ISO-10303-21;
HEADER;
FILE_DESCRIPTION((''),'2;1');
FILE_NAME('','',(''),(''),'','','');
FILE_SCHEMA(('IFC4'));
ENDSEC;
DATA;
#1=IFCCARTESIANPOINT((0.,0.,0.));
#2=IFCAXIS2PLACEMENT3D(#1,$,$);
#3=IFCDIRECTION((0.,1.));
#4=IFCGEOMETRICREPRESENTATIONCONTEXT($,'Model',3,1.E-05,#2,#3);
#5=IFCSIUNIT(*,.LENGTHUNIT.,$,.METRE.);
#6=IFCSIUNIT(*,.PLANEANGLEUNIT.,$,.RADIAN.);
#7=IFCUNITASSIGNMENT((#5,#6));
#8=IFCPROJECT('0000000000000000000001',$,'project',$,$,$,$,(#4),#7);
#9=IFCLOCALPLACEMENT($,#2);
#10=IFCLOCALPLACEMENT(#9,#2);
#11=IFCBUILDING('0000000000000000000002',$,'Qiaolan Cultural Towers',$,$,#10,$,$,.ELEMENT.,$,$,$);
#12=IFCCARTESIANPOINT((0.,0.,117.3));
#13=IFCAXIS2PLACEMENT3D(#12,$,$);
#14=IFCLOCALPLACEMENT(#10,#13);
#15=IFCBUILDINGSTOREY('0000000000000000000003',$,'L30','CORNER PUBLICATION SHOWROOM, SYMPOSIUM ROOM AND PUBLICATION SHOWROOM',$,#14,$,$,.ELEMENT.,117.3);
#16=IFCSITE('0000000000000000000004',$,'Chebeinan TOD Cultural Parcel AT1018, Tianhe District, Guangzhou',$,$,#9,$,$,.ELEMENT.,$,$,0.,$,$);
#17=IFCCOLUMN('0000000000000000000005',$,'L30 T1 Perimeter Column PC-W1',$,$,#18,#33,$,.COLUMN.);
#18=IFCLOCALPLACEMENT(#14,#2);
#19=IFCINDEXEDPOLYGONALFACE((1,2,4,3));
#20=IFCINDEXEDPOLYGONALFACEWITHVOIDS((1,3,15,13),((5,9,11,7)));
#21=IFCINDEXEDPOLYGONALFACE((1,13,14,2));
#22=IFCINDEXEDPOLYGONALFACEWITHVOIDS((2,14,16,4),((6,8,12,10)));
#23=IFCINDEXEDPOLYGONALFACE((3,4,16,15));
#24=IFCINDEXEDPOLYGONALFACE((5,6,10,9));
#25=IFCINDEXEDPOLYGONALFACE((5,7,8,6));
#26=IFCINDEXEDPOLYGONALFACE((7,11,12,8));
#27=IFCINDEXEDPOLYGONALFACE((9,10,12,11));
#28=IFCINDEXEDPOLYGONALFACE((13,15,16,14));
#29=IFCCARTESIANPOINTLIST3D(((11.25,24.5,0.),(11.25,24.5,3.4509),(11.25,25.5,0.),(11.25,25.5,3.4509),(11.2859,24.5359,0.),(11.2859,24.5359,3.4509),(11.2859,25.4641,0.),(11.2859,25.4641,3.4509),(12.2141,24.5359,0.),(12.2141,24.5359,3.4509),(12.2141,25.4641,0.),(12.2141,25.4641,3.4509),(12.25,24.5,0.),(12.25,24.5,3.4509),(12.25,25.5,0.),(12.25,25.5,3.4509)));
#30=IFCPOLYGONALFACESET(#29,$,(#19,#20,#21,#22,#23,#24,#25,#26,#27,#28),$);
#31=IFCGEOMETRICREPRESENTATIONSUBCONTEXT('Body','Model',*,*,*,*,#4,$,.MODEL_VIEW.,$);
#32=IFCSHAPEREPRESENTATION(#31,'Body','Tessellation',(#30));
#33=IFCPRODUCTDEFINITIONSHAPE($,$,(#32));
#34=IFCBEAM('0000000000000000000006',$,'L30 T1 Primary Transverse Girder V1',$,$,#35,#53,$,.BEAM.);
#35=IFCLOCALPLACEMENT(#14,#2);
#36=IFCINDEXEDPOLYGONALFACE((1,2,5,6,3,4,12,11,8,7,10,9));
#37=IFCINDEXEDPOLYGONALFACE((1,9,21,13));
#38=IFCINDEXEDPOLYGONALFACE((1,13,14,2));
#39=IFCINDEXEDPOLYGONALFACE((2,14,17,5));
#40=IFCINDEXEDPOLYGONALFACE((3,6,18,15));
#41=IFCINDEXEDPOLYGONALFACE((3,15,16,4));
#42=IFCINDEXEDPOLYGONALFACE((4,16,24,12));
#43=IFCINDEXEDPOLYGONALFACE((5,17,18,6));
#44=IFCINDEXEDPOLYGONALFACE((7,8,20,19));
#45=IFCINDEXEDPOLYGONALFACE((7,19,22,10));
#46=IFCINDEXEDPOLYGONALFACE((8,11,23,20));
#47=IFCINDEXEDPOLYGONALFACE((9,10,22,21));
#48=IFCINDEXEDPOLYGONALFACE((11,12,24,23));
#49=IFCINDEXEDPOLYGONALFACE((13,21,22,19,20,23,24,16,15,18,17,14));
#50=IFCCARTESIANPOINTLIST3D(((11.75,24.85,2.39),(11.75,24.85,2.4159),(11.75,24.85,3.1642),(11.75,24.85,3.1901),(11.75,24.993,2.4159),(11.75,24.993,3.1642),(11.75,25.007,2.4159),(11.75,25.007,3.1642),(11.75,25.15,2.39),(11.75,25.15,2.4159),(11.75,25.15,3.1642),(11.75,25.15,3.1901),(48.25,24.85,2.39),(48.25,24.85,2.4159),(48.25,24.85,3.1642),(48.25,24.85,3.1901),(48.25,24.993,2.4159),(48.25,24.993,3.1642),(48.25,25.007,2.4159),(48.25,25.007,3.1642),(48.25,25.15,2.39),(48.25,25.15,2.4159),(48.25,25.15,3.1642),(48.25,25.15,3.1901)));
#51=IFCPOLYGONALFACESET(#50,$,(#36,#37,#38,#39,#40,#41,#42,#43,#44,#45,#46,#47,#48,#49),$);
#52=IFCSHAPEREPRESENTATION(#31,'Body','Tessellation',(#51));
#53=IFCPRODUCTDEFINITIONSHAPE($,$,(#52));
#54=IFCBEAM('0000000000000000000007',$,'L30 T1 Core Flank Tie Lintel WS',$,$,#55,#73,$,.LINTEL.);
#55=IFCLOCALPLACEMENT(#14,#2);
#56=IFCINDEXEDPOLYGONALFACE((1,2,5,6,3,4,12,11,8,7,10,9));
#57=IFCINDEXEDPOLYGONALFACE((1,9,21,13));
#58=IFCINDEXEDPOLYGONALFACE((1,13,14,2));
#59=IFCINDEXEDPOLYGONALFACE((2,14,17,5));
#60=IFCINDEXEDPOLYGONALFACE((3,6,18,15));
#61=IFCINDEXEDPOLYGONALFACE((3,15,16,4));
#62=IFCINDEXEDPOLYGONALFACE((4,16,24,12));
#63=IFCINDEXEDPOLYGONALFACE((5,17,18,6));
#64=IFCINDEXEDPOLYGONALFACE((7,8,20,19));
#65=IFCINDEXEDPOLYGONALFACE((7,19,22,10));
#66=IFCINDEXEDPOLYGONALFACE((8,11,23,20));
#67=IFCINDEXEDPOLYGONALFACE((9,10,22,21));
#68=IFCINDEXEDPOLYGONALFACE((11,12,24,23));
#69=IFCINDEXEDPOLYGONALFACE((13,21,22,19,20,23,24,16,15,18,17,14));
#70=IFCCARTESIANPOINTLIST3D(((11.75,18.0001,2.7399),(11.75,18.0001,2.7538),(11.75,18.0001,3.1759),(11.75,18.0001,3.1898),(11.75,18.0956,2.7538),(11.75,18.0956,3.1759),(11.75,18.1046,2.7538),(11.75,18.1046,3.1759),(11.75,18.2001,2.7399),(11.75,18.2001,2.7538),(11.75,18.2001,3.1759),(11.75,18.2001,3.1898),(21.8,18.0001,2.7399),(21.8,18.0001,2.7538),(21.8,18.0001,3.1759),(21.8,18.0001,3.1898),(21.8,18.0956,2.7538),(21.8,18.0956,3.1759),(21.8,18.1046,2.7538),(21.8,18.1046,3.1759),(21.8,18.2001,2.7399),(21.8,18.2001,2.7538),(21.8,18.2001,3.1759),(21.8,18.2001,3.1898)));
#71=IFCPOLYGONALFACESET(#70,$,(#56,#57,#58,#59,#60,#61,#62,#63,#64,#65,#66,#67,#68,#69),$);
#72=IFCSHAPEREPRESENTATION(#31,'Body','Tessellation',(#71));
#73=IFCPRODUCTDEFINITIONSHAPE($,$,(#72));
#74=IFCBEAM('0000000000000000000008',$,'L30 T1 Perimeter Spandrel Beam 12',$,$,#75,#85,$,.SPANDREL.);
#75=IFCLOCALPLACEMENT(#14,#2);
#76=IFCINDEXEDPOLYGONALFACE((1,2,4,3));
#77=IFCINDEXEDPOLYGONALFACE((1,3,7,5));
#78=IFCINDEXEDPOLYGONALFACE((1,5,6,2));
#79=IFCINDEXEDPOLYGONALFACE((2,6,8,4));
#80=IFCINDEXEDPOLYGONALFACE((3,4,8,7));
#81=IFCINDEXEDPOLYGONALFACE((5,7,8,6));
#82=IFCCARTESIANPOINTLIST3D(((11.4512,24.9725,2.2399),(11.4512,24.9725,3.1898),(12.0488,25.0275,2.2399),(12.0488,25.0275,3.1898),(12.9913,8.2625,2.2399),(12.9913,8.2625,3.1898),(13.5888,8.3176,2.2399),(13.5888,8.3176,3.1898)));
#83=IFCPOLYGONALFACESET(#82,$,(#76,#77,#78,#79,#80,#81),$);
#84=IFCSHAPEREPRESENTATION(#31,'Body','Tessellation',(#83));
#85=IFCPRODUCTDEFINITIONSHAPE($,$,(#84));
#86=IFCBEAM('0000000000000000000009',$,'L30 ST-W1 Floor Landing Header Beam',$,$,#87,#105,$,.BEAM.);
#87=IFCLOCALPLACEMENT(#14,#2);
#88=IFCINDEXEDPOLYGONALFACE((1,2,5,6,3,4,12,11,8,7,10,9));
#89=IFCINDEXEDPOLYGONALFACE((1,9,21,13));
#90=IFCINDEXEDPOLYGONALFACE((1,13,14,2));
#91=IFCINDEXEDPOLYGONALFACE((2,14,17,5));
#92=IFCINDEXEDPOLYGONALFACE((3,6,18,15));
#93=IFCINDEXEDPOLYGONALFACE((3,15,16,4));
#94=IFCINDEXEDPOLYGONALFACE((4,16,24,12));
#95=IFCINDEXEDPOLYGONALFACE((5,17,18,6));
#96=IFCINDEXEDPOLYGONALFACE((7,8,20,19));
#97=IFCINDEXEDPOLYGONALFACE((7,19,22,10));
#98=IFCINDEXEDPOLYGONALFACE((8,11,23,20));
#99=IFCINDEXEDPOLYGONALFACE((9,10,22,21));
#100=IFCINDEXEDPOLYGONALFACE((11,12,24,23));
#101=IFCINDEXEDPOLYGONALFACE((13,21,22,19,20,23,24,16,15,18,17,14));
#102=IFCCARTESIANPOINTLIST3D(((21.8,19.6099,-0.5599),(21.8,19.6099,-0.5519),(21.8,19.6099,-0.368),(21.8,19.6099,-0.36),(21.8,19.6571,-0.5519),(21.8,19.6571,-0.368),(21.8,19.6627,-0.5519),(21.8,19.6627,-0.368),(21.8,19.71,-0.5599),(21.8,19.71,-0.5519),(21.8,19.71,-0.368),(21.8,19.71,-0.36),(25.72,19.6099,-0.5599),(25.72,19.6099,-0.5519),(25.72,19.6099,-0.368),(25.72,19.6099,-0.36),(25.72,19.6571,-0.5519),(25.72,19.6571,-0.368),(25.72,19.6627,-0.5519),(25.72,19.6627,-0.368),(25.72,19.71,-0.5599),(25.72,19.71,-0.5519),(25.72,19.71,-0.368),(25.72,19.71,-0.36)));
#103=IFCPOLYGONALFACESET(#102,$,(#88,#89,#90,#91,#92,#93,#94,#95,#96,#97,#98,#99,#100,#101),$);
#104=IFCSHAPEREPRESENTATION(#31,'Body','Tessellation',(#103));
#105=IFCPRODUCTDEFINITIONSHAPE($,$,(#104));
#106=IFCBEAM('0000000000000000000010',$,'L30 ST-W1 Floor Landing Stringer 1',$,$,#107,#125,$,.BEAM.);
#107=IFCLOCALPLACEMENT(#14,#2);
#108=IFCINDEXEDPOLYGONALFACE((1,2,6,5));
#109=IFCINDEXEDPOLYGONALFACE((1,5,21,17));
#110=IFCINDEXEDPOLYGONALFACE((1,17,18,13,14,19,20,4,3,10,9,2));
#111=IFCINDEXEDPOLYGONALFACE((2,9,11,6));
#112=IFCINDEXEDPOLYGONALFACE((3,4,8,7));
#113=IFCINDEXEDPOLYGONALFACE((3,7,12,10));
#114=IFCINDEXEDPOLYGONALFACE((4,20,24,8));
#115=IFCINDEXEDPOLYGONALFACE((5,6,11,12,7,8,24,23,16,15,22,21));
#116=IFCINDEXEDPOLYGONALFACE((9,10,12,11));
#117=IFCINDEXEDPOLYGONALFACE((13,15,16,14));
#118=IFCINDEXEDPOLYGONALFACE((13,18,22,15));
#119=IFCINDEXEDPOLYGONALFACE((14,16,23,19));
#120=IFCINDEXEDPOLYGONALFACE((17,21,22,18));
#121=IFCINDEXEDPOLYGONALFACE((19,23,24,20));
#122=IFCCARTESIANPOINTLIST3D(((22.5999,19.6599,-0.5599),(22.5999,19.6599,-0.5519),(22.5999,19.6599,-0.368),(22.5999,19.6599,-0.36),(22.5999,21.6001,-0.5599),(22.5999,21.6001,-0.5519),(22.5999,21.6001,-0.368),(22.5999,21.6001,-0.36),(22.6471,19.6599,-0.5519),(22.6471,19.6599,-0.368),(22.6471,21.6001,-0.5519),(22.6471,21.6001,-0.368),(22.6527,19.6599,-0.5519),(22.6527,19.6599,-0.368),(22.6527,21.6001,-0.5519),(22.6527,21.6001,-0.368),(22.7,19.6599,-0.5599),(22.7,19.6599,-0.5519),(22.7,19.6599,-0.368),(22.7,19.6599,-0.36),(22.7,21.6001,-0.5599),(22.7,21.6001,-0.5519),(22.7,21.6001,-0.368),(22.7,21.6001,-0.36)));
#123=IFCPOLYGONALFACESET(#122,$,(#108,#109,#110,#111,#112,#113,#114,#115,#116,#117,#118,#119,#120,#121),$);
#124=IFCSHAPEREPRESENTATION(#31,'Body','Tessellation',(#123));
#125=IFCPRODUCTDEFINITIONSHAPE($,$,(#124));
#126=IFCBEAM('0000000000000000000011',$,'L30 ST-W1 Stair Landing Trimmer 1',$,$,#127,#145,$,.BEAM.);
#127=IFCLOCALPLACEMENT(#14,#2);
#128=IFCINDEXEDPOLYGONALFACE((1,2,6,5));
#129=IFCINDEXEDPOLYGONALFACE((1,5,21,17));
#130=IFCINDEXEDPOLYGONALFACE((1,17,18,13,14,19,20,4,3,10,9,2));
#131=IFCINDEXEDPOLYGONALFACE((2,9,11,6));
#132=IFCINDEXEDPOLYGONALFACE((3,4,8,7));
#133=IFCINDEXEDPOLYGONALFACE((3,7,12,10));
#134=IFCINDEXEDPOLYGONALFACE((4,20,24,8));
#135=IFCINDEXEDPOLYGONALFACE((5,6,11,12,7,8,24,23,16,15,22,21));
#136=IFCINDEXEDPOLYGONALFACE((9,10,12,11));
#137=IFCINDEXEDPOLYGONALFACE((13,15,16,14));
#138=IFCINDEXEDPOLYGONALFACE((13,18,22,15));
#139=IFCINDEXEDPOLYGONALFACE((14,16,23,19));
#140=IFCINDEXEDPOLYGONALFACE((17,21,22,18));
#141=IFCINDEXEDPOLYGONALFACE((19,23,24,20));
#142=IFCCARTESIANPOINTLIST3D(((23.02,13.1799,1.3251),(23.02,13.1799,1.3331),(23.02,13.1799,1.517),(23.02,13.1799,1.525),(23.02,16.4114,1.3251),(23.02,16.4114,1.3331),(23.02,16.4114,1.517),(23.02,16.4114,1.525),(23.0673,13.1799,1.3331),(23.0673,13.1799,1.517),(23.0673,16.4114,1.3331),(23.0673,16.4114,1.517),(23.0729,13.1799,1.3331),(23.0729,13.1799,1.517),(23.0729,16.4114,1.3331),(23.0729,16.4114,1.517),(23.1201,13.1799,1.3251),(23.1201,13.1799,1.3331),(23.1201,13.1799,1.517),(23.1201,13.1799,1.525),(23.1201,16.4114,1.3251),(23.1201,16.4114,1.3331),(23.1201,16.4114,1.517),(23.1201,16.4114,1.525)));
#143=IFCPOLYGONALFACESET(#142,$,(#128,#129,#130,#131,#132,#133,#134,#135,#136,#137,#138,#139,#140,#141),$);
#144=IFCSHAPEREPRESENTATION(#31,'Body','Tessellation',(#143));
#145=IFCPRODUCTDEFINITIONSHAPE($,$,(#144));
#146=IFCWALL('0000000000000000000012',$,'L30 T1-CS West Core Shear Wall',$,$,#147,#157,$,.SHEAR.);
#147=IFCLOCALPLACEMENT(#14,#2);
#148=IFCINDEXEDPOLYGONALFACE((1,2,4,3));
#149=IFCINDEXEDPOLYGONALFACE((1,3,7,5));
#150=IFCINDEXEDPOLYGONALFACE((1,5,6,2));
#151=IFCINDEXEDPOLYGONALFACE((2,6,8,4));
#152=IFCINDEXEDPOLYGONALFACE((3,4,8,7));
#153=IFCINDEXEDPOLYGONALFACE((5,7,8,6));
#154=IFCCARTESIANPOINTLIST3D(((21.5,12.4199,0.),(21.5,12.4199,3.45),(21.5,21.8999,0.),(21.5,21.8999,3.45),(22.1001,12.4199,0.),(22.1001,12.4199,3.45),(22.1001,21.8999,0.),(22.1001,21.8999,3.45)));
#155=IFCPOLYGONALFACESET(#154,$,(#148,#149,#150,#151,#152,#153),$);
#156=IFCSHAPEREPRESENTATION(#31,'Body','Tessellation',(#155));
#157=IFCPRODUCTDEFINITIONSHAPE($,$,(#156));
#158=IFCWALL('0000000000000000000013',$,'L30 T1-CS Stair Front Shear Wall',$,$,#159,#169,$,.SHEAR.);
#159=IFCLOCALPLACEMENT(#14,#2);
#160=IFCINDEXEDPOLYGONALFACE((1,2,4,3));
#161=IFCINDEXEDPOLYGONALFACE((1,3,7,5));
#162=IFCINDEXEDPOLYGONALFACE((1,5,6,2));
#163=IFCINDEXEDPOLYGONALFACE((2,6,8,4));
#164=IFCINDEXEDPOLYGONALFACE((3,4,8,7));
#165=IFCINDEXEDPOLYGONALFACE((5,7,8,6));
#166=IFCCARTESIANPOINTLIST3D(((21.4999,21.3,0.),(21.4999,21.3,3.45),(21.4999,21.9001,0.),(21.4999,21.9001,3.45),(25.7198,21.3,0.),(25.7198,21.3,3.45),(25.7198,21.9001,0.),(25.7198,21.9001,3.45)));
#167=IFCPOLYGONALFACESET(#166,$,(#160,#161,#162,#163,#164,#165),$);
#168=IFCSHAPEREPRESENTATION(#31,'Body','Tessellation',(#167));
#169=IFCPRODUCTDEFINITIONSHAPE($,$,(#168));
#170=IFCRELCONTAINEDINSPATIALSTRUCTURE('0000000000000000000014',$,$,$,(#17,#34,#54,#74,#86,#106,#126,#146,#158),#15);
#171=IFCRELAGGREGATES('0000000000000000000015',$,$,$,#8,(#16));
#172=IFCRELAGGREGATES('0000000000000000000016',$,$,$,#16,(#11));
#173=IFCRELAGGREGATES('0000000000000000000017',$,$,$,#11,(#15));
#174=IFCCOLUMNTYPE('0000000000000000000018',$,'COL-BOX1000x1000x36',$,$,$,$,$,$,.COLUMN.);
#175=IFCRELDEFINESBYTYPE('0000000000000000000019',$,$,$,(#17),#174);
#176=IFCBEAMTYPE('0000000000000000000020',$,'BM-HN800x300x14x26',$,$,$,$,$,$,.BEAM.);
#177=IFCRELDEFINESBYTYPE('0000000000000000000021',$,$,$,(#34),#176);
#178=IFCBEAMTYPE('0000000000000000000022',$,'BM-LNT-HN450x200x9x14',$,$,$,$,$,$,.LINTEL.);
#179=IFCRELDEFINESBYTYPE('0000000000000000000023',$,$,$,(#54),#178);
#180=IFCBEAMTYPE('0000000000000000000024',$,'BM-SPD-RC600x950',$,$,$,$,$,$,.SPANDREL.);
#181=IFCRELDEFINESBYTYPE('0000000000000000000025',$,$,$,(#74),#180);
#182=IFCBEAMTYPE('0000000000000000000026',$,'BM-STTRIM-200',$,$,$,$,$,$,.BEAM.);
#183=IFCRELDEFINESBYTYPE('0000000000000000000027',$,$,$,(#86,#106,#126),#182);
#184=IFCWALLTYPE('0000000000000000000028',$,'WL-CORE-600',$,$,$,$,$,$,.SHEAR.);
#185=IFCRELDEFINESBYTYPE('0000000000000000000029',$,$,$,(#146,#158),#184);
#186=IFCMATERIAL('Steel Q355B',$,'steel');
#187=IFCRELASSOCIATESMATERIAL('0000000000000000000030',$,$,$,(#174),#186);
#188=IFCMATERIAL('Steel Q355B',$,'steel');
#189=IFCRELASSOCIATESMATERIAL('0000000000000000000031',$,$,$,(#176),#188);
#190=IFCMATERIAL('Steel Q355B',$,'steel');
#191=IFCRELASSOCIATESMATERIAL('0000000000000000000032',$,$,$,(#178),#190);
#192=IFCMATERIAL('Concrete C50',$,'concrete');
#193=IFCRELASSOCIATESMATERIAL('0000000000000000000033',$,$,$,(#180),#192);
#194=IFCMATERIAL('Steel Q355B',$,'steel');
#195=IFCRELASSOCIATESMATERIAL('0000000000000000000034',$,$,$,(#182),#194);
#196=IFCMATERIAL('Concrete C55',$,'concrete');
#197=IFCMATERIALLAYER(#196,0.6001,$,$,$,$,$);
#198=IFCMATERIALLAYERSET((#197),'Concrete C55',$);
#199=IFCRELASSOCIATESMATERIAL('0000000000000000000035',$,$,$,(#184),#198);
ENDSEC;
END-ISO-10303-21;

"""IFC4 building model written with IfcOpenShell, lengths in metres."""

from ifc_helpers import new_model, si_unit, direction, frame, frame_2d, origin, origin_2d, place, context, subcontext, project, spatial, rectangle, hollow_rectangle, i_section, extrude, material, layer, layer_set, material_profile, profile_set, type_object, element, save


model = new_model("IFC4")

# Units and contexts
model_context = context("Model", 3, precision=1e-05, world=origin(), true_north=direction((0.0, 1.0)))
body_context = subcontext(model_context, "Body", "Model", "MODEL_VIEW")
ifc_project = project(units=[si_unit("LENGTHUNIT", "METRE"), si_unit("PLANEANGLEUNIT", "RADIAN")], contexts=[model_context])

# Site, building, storey
site_placement = place(None, origin())
site = spatial("IfcSite", under=ifc_project, at=site_placement, Name="Chebeinan TOD Cultural Parcel AT1018, Tianhe District, Guangzhou", CompositionType="ELEMENT", RefElevation=0.0)
building_placement = place(site_placement, origin())
building = spatial("IfcBuilding", under=site, at=building_placement, Name="Qiaolan Cultural Towers", CompositionType="ELEMENT")
storey_placement = place(building_placement, frame((0.0, 0.0, 117.3)))
storey = spatial("IfcBuildingStorey", under=building, at=storey_placement, Name="L30", Description="CORNER PUBLICATION SHOWROOM, SYMPOSIUM ROOM AND PUBLICATION SHOWROOM", CompositionType="ELEMENT", Elevation=117.3)

# Column
ifc_material_1 = material(Name="Steel Q355B", Category="steel")
ifc_material_profile_1 = material_profile(ifc_material_1, hollow_rectangle(XDim=1.0, YDim=1.0, WallThickness=0.0359, at=origin_2d()), Name="BOX1000x1000x36")
ifc_profile_set_1 = profile_set([ifc_material_profile_1], Name="Steel Q355B")
column_type = type_object("IfcColumnType", Name="COL-BOX1000x1000x36", PredefinedType="COLUMN", material=ifc_profile_set_1)
column_placement = place(storey_placement, frame((11.75, 25.0, 0.0), z_axis=(0.0, 0.0, 1.0), x_axis=(1.0, 0.0, 0.0)))
element("IfcColumn", 1, at=column_placement, inside=storey, type_object=column_type, Name="L30 T1 Perimeter Column PC-W1", PredefinedType="COLUMN", context=body_context, shape_type="SweptSolid", body=[
    extrude(hollow_rectangle(XDim=1.0, YDim=1.0, WallThickness=0.0359, at=origin_2d()), origin(), (0.0, 0.0, 1.0), 3.4509),
])

# Beams
ifc_material_2 = material(Name="Steel Q355B", Category="steel")
ifc_material_profile_2 = material_profile(ifc_material_2, i_section(OverallWidth=0.3, OverallDepth=0.8, WebThickness=0.0139, FlangeThickness=0.0259, at=origin_2d()), Name="HN800x300x14x26")
ifc_profile_set_2 = profile_set([ifc_material_profile_2], Name="Steel Q355B")
beam_type_1 = type_object("IfcBeamType", Name="BM-HN800x300x14x26", PredefinedType="BEAM", material=ifc_profile_set_2)
beam_1_placement = place(storey_placement, frame((11.75, 25.0, 2.79), z_axis=(1.0, 0.0, 0.0), x_axis=(0.0, 1.0, 0.0)))
element("IfcBeam", 2, at=beam_1_placement, inside=storey, type_object=beam_type_1, Name="L30 T1 Primary Transverse Girder V1", PredefinedType="BEAM", context=body_context, shape_type="SweptSolid", body=[
    extrude(i_section(OverallWidth=0.3, OverallDepth=0.8, WebThickness=0.0139, FlangeThickness=0.0259, at=origin_2d()), origin(), (0.0, 0.0, 1.0), 36.5),
])
ifc_material_3 = material(Name="Steel Q355B", Category="steel")
ifc_material_profile_3 = material_profile(ifc_material_3, i_section(OverallWidth=0.2, OverallDepth=0.45, WebThickness=0.009, FlangeThickness=0.0139, at=origin_2d()), Name="HN450x200x9x14")
ifc_profile_set_3 = profile_set([ifc_material_profile_3], Name="Steel Q355B")
beam_type_2 = type_object("IfcBeamType", Name="BM-LNT-HN450x200x9x14", PredefinedType="LINTEL", material=ifc_profile_set_3)
beam_2_placement = place(storey_placement, frame((21.8, 18.1001, 2.9648), z_axis=(-1.0, 0.0, 0.0), x_axis=(0.0, -1.0, 0.0)))
element("IfcBeam", 3, at=beam_2_placement, inside=storey, type_object=beam_type_2, Name="L30 T1 Core Flank Tie Lintel WS", PredefinedType="LINTEL", context=body_context, shape_type="SweptSolid", body=[
    extrude(i_section(OverallWidth=0.2, OverallDepth=0.45, WebThickness=0.009, FlangeThickness=0.0139, at=origin_2d()), origin(), (0.0, 0.0, 1.0), 10.05),
])
ifc_material_4 = material(Name="Concrete C50", Category="concrete")
ifc_material_profile_4 = material_profile(ifc_material_4, rectangle(XDim=0.6001, YDim=0.95, at=origin_2d()), Name="RC600x950")
ifc_profile_set_4 = profile_set([ifc_material_profile_4], Name="Concrete C50")
beam_type_3 = type_object("IfcBeamType", Name="BM-SPD-RC600x950", PredefinedType="SPANDREL", material=ifc_profile_set_4)
beam_3_placement = place(storey_placement, frame((11.75, 25.0, 2.7148), z_axis=(0.091774, -0.99578, 0.0), x_axis=(0.99578, 0.091774, 0.0)))
element("IfcBeam", 4, at=beam_3_placement, inside=storey, type_object=beam_type_3, Name="L30 T1 Perimeter Spandrel Beam 12", PredefinedType="SPANDREL", context=body_context, shape_type="SweptSolid", body=[
    extrude(rectangle(XDim=0.6001, YDim=0.95, at=origin_2d()), origin(), (0.0, 0.0, 1.0), 16.7808),
])
ifc_material_5 = material(Name="Steel Q355B", Category="steel")
ifc_material_profile_5 = material_profile(ifc_material_5, i_section(OverallWidth=0.1001, OverallDepth=0.2, WebThickness=0.0056, FlangeThickness=0.0081, at=origin_2d()), Name="HN200x100x5.5x8")
ifc_profile_set_5 = profile_set([ifc_material_profile_5], Name="Steel Q355B")
beam_type_4 = type_object("IfcBeamType", Name="BM-STTRIM-200", PredefinedType="BEAM", material=ifc_profile_set_5)
beam_4_placement = place(storey_placement, frame((21.8, 19.6599, -0.46), z_axis=(1.0, 0.0, 0.0), x_axis=(0.0, 1.0, 0.0)))
element("IfcBeam", 5, at=beam_4_placement, inside=storey, type_object=beam_type_4, Name="L30 ST-W1 Floor Landing Header Beam", PredefinedType="BEAM", context=body_context, shape_type="SweptSolid", body=[
    extrude(i_section(OverallWidth=0.1001, OverallDepth=0.2, WebThickness=0.0056, FlangeThickness=0.0081, at=origin_2d()), origin(), (0.0, 0.0, 1.0), 3.9199),
])
beam_5_placement = place(storey_placement, frame((22.6499, 21.6001, -0.46), z_axis=(0.0, -1.0, 0.0), x_axis=(1.0, 0.0, 0.0)))
element("IfcBeam", 6, at=beam_5_placement, inside=storey, type_object=beam_type_4, Name="L30 ST-W1 Floor Landing Stringer 1", PredefinedType="BEAM", context=body_context, shape_type="SweptSolid", body=[
    extrude(i_section(OverallWidth=0.1001, OverallDepth=0.2, WebThickness=0.0056, FlangeThickness=0.0081, at=origin_2d()), origin(), (0.0, 0.0, 1.0), 1.9402),
])
beam_6_placement = place(storey_placement, frame((23.0701, 16.4114, 1.425), z_axis=(0.0, -1.0, 0.0), x_axis=(1.0, 0.0, 0.0)))
element("IfcBeam", 7, at=beam_6_placement, inside=storey, type_object=beam_type_4, Name="L30 ST-W1 Stair Landing Trimmer 1", PredefinedType="BEAM", context=body_context, shape_type="SweptSolid", body=[
    extrude(i_section(OverallWidth=0.1001, OverallDepth=0.2, WebThickness=0.0056, FlangeThickness=0.0081, at=origin_2d()), origin(), (0.0, 0.0, 1.0), 3.2314),
])

# Walls
ifc_material_6 = material(Name="Concrete C55", Category="concrete")
ifc_layer_1 = layer(ifc_material_6, 0.6001)
ifc_layer_set_1 = layer_set([ifc_layer_1], Name="Concrete C55")
wall_type_1 = type_object("IfcWallType", Name="WL-CORE-600", PredefinedType="SHEAR", material=ifc_layer_set_1)
wall_1_placement = place(storey_placement, frame((21.8, 21.8999, 0.0), z_axis=(0.0, 0.0, 1.0), x_axis=(0.0, -1.0, 0.0)))
element("IfcWall", 8, at=wall_1_placement, inside=storey, type_object=wall_type_1, Name="L30 T1-CS West Core Shear Wall", PredefinedType="SHEAR", context=body_context, shape_type="SweptSolid", body=[
    extrude(rectangle(XDim=9.48, YDim=0.6001, at=frame_2d((4.74, 0.0))), origin(), (0.0, 0.0, 1.0), 3.45),
])
wall_2_placement = place(storey_placement, frame((21.5, 21.6001, 0.0), z_axis=(0.0, 0.0, 1.0), x_axis=(1.0, 0.0, 0.0)))
element("IfcWall", 9, at=wall_2_placement, inside=storey, type_object=wall_type_1, Name="L30 T1-CS Stair Front Shear Wall", PredefinedType="SHEAR", context=body_context, shape_type="SweptSolid", body=[
    extrude(rectangle(XDim=4.22, YDim=0.6001, at=frame_2d((2.1099, 0.0))), origin(), (0.0, 0.0, 1.0), 3.45),
])

save(model, "model.ifc")
